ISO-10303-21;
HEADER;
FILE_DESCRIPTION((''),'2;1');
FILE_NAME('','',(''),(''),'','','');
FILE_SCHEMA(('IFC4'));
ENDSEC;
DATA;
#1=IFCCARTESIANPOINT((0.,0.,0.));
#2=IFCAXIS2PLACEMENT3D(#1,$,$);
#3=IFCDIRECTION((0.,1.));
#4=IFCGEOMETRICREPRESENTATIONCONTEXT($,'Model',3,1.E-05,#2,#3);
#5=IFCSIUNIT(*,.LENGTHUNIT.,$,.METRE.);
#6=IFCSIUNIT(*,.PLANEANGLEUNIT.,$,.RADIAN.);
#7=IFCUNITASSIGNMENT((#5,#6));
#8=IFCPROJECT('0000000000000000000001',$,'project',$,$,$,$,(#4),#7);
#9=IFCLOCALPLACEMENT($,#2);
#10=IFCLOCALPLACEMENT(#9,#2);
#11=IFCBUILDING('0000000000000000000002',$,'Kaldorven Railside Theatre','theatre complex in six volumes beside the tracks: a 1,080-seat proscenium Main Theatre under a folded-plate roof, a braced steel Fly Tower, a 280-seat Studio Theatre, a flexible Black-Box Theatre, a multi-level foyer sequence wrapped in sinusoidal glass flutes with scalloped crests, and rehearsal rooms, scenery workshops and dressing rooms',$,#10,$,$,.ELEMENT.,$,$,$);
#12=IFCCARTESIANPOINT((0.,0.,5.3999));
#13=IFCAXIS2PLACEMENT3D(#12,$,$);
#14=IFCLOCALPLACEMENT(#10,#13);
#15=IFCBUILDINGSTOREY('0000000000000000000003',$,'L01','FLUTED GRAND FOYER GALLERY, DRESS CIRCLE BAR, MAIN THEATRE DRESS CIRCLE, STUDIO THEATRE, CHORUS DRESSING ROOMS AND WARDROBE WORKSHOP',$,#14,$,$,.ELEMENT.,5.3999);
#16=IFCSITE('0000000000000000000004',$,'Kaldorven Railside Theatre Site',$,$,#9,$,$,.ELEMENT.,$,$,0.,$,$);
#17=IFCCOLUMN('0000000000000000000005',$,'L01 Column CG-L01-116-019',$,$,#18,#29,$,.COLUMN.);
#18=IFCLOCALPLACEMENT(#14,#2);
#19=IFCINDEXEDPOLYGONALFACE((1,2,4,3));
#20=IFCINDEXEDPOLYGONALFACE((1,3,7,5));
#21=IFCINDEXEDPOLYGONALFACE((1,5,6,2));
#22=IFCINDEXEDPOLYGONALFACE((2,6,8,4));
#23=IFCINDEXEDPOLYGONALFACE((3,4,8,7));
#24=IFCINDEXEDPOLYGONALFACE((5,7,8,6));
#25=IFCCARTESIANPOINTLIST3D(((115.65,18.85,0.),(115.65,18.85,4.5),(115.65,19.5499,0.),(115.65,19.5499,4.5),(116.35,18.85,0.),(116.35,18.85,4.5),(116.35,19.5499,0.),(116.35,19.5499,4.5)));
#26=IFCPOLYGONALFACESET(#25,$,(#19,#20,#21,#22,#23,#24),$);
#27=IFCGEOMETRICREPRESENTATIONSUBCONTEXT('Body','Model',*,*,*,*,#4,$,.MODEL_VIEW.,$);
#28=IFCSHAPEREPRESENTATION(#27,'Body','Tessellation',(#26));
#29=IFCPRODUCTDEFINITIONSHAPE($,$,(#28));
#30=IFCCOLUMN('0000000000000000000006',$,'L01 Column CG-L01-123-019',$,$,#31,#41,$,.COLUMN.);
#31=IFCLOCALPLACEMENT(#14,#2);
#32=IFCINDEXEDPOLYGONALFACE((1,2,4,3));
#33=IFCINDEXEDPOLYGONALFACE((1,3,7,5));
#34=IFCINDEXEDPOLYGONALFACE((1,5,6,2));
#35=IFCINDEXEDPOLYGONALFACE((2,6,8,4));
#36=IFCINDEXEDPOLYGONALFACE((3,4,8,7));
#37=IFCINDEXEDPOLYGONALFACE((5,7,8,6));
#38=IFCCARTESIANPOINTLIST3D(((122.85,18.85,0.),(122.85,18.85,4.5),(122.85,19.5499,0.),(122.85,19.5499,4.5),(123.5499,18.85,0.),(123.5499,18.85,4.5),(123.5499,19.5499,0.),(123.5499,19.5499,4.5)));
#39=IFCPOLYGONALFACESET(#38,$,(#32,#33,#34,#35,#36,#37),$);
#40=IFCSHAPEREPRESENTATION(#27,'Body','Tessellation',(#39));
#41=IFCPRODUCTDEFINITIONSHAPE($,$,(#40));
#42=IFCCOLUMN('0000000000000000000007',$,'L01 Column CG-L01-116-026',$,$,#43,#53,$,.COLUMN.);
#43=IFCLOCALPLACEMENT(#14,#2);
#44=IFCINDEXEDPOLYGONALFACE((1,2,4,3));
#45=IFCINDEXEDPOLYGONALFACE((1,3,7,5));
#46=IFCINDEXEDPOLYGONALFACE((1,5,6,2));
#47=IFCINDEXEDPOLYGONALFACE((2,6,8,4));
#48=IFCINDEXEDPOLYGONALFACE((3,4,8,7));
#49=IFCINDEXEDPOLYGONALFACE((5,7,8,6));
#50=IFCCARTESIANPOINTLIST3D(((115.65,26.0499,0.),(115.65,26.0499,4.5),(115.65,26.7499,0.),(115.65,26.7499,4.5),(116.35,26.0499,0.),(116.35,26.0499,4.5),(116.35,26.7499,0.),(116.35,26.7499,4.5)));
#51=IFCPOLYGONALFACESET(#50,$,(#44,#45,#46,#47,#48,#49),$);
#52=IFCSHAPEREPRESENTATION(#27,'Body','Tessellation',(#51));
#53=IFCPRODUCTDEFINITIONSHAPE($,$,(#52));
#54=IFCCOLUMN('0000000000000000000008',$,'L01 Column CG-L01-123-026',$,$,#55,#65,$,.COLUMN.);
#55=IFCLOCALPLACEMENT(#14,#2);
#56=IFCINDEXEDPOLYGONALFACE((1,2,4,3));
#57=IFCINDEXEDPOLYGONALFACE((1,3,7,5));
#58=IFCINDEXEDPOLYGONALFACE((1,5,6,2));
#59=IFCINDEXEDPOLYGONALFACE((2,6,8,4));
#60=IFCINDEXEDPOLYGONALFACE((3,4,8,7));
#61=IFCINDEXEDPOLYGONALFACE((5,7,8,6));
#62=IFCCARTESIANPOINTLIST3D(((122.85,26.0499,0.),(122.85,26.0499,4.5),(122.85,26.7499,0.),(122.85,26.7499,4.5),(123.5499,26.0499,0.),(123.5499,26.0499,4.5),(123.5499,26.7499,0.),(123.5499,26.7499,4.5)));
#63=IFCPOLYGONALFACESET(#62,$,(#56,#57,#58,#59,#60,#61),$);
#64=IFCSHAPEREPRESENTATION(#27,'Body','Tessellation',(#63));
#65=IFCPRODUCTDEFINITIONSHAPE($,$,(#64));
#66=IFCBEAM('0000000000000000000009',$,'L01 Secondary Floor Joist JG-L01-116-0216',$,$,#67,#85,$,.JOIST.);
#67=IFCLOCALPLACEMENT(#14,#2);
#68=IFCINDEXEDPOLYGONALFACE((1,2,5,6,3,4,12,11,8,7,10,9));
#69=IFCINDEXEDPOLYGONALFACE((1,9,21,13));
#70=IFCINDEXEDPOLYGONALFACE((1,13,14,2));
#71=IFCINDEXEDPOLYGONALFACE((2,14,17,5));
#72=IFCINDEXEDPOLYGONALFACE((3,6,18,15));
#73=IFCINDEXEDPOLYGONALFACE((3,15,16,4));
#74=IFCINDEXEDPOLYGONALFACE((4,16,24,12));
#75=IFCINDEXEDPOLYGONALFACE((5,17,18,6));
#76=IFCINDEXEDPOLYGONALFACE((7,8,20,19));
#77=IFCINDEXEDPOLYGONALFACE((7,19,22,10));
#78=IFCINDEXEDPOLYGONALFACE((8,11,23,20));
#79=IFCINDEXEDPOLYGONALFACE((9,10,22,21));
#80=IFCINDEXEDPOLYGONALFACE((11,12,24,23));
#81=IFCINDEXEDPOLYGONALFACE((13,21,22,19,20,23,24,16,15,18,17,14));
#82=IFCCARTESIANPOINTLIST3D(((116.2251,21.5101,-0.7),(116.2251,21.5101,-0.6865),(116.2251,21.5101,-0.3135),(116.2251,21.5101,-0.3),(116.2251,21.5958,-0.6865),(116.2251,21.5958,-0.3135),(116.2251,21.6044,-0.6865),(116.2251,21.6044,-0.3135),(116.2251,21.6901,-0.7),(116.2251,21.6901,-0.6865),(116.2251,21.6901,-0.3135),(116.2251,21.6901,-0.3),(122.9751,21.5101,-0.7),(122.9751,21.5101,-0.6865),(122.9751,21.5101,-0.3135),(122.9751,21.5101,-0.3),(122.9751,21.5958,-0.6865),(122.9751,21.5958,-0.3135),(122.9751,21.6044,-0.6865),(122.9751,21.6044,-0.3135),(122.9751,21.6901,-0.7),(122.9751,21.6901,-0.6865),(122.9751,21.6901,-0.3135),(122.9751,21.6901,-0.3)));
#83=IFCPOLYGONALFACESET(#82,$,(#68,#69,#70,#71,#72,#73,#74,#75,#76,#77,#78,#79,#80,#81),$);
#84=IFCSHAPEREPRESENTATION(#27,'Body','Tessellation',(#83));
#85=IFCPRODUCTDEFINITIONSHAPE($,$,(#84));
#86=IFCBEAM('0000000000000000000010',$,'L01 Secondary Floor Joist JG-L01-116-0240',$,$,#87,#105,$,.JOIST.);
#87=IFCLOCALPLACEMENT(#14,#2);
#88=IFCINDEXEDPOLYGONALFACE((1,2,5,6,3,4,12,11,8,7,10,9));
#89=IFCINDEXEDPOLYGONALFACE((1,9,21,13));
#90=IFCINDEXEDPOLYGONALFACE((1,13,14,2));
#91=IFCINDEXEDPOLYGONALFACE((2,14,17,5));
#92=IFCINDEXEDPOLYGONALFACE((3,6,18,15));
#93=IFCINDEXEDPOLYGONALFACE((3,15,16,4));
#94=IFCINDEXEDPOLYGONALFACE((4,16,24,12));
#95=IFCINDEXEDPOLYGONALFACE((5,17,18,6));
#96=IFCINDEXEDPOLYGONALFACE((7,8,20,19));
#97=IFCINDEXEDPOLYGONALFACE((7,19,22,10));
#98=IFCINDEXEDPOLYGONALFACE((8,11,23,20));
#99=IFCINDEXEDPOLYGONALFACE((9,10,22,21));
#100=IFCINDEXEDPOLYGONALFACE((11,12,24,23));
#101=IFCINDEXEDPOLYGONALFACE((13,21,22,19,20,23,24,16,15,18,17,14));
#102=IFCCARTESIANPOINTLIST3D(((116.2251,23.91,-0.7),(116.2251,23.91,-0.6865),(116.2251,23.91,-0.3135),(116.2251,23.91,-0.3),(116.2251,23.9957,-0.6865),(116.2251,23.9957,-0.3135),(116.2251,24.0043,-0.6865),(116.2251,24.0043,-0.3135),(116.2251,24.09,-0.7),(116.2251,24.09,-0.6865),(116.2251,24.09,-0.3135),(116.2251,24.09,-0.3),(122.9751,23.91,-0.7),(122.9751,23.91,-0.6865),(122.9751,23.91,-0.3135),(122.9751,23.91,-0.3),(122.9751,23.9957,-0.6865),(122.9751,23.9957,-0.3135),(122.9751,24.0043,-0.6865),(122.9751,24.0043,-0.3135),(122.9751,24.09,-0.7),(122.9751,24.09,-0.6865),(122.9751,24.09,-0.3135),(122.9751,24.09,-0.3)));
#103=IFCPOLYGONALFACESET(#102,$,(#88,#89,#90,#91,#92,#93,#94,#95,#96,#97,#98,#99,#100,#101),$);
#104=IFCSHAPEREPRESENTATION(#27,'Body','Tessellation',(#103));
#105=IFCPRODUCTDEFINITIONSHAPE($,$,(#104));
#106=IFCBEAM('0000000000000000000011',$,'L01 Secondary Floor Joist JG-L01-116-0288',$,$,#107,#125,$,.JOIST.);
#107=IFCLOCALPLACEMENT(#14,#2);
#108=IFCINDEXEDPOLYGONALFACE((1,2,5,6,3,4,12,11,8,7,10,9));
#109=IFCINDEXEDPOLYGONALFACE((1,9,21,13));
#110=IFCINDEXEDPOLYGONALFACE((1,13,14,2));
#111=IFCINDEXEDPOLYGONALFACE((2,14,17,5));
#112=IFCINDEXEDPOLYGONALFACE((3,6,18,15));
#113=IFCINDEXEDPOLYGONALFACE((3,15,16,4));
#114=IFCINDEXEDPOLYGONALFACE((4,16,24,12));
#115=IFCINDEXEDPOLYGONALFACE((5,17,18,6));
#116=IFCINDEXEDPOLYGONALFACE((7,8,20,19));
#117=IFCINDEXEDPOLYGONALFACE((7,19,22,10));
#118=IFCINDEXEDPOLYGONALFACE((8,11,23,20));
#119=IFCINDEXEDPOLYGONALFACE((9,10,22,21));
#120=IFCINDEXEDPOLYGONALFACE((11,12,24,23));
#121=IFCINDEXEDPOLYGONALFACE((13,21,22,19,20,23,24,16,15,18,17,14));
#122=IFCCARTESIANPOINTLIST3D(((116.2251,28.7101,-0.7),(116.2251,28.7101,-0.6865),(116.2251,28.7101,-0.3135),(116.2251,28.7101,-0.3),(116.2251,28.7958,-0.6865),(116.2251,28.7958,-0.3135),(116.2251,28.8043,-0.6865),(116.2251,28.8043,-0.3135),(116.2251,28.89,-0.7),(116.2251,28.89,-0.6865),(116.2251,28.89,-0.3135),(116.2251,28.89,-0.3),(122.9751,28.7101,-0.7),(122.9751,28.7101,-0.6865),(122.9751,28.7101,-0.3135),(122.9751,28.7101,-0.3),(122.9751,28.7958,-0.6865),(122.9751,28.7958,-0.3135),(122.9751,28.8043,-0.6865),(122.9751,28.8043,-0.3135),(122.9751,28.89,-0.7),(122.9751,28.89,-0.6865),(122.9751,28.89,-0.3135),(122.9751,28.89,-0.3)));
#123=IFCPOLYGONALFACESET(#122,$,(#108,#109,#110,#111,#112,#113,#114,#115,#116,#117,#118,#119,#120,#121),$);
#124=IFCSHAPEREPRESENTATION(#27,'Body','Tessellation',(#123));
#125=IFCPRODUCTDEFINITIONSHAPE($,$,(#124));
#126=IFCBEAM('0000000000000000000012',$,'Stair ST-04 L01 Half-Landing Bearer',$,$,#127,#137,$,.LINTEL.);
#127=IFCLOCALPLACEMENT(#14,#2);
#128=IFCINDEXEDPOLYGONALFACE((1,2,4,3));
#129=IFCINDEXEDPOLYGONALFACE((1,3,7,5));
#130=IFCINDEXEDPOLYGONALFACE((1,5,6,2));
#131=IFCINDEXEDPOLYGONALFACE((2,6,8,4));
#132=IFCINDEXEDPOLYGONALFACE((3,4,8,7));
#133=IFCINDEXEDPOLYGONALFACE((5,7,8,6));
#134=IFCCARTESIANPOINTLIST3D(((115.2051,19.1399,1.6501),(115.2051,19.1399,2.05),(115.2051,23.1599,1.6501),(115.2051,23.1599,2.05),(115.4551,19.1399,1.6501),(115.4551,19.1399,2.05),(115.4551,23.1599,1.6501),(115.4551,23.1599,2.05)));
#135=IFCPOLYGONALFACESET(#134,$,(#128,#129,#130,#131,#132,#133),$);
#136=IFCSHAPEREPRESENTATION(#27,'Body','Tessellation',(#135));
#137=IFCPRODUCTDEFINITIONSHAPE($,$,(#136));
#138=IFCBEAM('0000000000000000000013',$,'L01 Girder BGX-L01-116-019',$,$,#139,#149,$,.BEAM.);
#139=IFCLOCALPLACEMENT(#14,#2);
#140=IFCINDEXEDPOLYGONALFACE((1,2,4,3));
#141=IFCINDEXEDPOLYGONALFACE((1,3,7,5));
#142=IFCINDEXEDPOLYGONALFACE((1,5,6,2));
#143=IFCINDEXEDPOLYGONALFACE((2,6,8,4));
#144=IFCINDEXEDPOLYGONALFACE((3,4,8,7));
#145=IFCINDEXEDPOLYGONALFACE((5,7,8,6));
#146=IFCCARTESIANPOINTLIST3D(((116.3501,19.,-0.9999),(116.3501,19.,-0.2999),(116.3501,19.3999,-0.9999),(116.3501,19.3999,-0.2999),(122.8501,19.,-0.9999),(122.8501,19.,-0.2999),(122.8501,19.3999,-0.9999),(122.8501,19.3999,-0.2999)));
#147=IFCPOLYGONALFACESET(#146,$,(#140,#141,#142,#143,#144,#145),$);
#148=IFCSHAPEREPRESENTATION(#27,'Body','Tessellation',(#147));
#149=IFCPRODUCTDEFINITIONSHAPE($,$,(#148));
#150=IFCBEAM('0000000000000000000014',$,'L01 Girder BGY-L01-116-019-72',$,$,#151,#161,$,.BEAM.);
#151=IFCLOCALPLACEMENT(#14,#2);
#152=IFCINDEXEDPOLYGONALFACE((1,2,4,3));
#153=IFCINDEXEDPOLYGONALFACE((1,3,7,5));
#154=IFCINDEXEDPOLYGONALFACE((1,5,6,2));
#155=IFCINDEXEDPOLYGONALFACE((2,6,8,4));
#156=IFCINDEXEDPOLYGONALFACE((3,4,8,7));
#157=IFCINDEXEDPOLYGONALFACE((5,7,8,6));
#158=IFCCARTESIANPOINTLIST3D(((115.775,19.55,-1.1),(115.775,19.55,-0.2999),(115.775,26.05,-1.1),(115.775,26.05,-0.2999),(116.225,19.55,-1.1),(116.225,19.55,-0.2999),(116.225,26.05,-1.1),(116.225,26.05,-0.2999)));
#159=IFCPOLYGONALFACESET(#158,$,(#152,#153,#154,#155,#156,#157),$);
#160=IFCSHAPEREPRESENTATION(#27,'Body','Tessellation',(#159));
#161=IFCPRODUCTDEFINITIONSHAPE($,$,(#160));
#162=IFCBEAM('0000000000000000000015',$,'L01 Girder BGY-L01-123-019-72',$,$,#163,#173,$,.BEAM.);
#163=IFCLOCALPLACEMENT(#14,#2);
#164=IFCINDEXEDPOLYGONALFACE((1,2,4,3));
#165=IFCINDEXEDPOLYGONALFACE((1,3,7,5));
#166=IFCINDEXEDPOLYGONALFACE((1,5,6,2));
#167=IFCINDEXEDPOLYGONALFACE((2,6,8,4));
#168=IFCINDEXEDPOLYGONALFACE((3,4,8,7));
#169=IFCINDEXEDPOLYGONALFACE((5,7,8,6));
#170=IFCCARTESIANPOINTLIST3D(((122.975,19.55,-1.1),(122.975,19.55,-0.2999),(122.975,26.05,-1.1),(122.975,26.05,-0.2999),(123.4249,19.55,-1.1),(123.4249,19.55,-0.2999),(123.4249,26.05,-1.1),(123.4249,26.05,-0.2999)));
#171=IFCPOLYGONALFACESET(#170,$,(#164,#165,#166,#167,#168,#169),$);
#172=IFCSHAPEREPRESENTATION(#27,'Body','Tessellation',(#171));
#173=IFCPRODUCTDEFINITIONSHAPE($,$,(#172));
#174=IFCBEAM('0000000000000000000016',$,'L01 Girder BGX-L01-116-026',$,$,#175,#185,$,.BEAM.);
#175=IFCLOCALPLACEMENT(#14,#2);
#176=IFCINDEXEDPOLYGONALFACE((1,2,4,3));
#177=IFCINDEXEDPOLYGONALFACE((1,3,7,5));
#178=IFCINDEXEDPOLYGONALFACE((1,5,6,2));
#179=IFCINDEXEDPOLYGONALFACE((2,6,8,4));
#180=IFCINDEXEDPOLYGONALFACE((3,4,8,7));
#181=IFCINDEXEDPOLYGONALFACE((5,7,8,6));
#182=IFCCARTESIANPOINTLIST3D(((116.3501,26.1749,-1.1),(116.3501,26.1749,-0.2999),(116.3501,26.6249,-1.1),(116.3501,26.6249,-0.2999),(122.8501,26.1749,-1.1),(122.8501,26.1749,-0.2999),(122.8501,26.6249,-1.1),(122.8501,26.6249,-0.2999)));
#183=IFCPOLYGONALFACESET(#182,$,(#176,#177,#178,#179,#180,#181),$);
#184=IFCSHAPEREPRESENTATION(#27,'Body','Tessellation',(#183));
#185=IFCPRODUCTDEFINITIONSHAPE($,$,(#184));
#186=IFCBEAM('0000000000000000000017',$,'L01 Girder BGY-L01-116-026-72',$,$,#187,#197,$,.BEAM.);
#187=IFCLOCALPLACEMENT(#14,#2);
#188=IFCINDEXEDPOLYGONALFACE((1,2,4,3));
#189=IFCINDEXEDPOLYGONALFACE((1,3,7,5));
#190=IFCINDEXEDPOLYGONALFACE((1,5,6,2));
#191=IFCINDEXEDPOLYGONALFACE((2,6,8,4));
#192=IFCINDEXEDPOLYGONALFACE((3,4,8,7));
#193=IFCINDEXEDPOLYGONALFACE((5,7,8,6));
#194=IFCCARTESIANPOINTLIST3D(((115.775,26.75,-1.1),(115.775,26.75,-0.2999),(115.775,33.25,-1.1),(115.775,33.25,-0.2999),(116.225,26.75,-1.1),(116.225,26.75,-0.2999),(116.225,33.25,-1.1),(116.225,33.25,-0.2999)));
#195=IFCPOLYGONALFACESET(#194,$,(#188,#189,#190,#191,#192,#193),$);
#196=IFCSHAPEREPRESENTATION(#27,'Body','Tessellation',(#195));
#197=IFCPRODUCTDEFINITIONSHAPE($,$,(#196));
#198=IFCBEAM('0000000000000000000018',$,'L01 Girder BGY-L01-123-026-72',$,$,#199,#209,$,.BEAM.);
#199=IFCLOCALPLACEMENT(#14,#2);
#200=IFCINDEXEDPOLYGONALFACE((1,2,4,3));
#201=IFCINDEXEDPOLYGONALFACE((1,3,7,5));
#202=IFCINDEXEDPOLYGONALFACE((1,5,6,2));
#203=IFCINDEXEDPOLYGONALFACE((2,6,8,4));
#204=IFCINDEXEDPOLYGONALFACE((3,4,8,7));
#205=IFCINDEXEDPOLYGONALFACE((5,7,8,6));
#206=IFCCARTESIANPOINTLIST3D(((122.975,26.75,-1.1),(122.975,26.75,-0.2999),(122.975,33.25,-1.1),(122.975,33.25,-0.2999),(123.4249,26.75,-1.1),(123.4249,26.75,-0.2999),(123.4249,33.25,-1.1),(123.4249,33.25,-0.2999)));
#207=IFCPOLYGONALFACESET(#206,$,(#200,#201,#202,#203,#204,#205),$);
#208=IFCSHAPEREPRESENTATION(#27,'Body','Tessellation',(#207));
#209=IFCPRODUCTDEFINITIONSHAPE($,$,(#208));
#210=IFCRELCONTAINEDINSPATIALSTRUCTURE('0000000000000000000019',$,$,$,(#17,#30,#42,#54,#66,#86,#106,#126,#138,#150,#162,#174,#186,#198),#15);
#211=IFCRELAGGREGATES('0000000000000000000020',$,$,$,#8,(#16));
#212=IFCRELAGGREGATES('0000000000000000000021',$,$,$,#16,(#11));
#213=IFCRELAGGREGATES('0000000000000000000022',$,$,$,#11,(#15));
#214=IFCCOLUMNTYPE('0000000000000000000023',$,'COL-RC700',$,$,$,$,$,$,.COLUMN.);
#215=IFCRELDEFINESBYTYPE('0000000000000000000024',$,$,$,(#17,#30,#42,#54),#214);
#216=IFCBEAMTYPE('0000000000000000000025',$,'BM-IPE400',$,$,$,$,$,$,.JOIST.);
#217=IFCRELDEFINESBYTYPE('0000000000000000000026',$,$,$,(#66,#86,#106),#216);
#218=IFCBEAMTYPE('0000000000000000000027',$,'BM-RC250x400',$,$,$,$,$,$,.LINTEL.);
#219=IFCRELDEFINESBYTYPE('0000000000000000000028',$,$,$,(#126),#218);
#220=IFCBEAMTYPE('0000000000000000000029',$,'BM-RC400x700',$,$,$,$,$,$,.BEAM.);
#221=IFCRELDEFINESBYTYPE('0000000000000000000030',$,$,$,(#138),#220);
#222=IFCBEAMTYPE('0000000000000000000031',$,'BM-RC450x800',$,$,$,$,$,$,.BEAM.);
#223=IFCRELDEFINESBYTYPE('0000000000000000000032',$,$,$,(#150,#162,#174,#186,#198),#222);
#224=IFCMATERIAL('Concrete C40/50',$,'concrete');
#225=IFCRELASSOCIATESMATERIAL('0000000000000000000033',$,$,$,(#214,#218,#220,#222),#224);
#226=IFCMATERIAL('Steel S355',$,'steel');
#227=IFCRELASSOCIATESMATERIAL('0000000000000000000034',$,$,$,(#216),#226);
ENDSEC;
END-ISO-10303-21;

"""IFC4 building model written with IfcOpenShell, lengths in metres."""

from ifc_helpers import new_model, si_unit, direction, frame, origin, origin_2d, place, context, subcontext, project, spatial, rectangle, i_section, extrude, material, material_profile, profile_set, type_object, element, save


model = new_model("IFC4")

# Units and contexts
model_context = context("Model", 3, precision=1e-05, world=origin(), true_north=direction((0.0, 1.0)))
body_context = subcontext(model_context, "Body", "Model", "MODEL_VIEW")
ifc_project = project(units=[si_unit("LENGTHUNIT", "METRE"), si_unit("PLANEANGLEUNIT", "RADIAN")], contexts=[model_context])

# Site, building, storey
site_placement = place(None, origin())
site = spatial("IfcSite", under=ifc_project, at=site_placement, Name="Kaldorven Railside Theatre Site", CompositionType="ELEMENT", RefElevation=0.0)
building_placement = place(site_placement, origin())
building = spatial("IfcBuilding", under=site, at=building_placement, Name="Kaldorven Railside Theatre", Description="theatre complex in six volumes beside the tracks: a 1,080-seat proscenium Main Theatre under a folded-plate roof, a braced steel Fly Tower, a 280-seat Studio Theatre, a flexible Black-Box Theatre, a multi-level foyer sequence wrapped in sinusoidal glass flutes with scalloped crests, and rehearsal rooms, scenery workshops and dressing rooms", CompositionType="ELEMENT")
storey_placement = place(building_placement, frame((0.0, 0.0, 5.3999)))
storey = spatial("IfcBuildingStorey", under=building, at=storey_placement, Name="L01", Description="FLUTED GRAND FOYER GALLERY, DRESS CIRCLE BAR, MAIN THEATRE DRESS CIRCLE, STUDIO THEATRE, CHORUS DRESSING ROOMS AND WARDROBE WORKSHOP", CompositionType="ELEMENT", Elevation=5.3999)

# Columns
ifc_material_1 = material(Name="Concrete C40/50", Category="concrete")
ifc_material_profile_1 = material_profile(ifc_material_1, rectangle(XDim=0.7, YDim=0.7, at=origin_2d()), Name="RC 700x700")
ifc_profile_set_1 = profile_set([ifc_material_profile_1], Name="Concrete C40/50")
column_type = type_object("IfcColumnType", Name="COL-RC700", PredefinedType="COLUMN", material=ifc_profile_set_1)
for number, where, z_axis, x_axis, name in (
    (1, (116.0, 19.2, 0.0), (0.0, 0.0, 1.0), (0.0, 1.0, 0.0), "L01 Column CG-L01-116-019"),
    (2, (123.2, 19.2, 0.0), (0.0, 0.0, 1.0), (1.0, 0.0, 0.0), "L01 Column CG-L01-123-019"),
    (3, (116.0, 26.3999, 0.0), (0.0, 0.0, 1.0), (1.0, 0.0, 0.0), "L01 Column CG-L01-116-026"),
    (4, (123.2, 26.3999, 0.0), (0.0, 0.0, 1.0), (0.0, 1.0, 0.0), "L01 Column CG-L01-123-026"),
):
    element("IfcColumn", number, at=place(storey_placement, frame(where, z_axis=z_axis, x_axis=x_axis)), inside=storey, type_object=column_type, Name=name, PredefinedType="COLUMN", context=body_context, shape_type="SweptSolid", body=[
        extrude(rectangle(XDim=0.7, YDim=0.7, at=origin_2d()), origin(), (0.0, 0.0, 1.0), 4.5),
    ])

# Beams
ifc_material_2 = material(Name="Steel S355", Category="steel")
ifc_material_profile_2 = material_profile(ifc_material_2, i_section(OverallWidth=0.1799, OverallDepth=0.3999, WebThickness=0.0085, FlangeThickness=0.0134, at=origin_2d()), Name="IPE 400")
ifc_profile_set_2 = profile_set([ifc_material_profile_2], Name="Steel S355")
beam_type_1 = type_object("IfcBeamType", Name="BM-IPE400", PredefinedType="JOIST", material=ifc_profile_set_2)
for number, where, z_axis, x_axis, name in (
    (5, (116.2251, 21.6001, -0.5), (1.0, 0.0, 0.0), (0.0, 1.0, 0.0), "L01 Secondary Floor Joist JG-L01-116-0216"),
    (6, (116.2251, 24.0, -0.5), (1.0, 0.0, 0.0), (0.0, 1.0, 0.0), "L01 Secondary Floor Joist JG-L01-116-0240"),
    (7, (116.2251, 28.8, -0.5), (1.0, 0.0, 0.0), (0.0, 1.0, 0.0), "L01 Secondary Floor Joist JG-L01-116-0288"),
):
    element("IfcBeam", number, at=place(storey_placement, frame(where, z_axis=z_axis, x_axis=x_axis)), inside=storey, type_object=beam_type_1, Name=name, PredefinedType="JOIST", context=body_context, shape_type="SweptSolid", body=[
        extrude(i_section(OverallWidth=0.1799, OverallDepth=0.3999, WebThickness=0.0085, FlangeThickness=0.0134, at=origin_2d()), origin(), (0.0, 0.0, 1.0), 6.75),
    ])
ifc_material_profile_3 = material_profile(ifc_material_1, rectangle(XDim=0.25, YDim=0.3999, at=origin_2d()), Name="RC 250x400")
ifc_profile_set_3 = profile_set([ifc_material_profile_3], Name="Concrete C40/50")
beam_type_2 = type_object("IfcBeamType", Name="BM-RC250x400", PredefinedType="LINTEL", material=ifc_profile_set_3)
beam_1_placement = place(storey_placement, frame((115.3301, 19.1399, 1.8501), z_axis=(0.0, 1.0, 0.0), x_axis=(-1.0, 0.0, 0.0)))
element("IfcBeam", 8, at=beam_1_placement, inside=storey, type_object=beam_type_2, Name="Stair ST-04 L01 Half-Landing Bearer", PredefinedType="LINTEL", context=body_context, shape_type="SweptSolid", body=[
    extrude(rectangle(XDim=0.25, YDim=0.3999, at=origin_2d()), origin(), (0.0, 0.0, 1.0), 4.02),
])
ifc_material_profile_4 = material_profile(ifc_material_1, rectangle(XDim=0.3999, YDim=0.7, at=origin_2d()), Name="RC 400x700")
ifc_profile_set_4 = profile_set([ifc_material_profile_4], Name="Concrete C40/50")
beam_type_3 = type_object("IfcBeamType", Name="BM-RC400x700", PredefinedType="BEAM", material=ifc_profile_set_4)
beam_2_placement = place(storey_placement, frame((116.3501, 19.2, -0.6499), z_axis=(1.0, 0.0, 0.0), x_axis=(0.0, 1.0, 0.0)))
element("IfcBeam", 9, at=beam_2_placement, inside=storey, type_object=beam_type_3, Name="L01 Girder BGX-L01-116-019", PredefinedType="BEAM", context=body_context, shape_type="SweptSolid", body=[
    extrude(rectangle(XDim=0.3999, YDim=0.7, at=origin_2d()), origin(), (0.0, 0.0, 1.0), 6.5),
])
ifc_material_profile_5 = material_profile(ifc_material_1, rectangle(XDim=0.45, YDim=0.8, at=origin_2d()), Name="RC 450x800")
ifc_profile_set_5 = profile_set([ifc_material_profile_5], Name="Concrete C40/50")
beam_type_4 = type_object("IfcBeamType", Name="BM-RC450x800", PredefinedType="BEAM", material=ifc_profile_set_5)
for number, where, z_axis, x_axis, name in (
    (10, (116.0, 19.55, -0.7), (0.0, 1.0, 0.0), (-1.0, 0.0, 0.0), "L01 Girder BGY-L01-116-019-72"),
    (11, (123.2, 19.55, -0.7), (0.0, 1.0, 0.0), (-1.0, 0.0, 0.0), "L01 Girder BGY-L01-123-019-72"),
    (12, (116.3501, 26.3999, -0.7), (1.0, 0.0, 0.0), (0.0, 1.0, 0.0), "L01 Girder BGX-L01-116-026"),
    (13, (116.0, 26.75, -0.7), (0.0, 1.0, 0.0), (-1.0, 0.0, 0.0), "L01 Girder BGY-L01-116-026-72"),
    (14, (123.2, 26.75, -0.7), (0.0, 1.0, 0.0), (-1.0, 0.0, 0.0), "L01 Girder BGY-L01-123-026-72"),
):
    element("IfcBeam", number, at=place(storey_placement, frame(where, z_axis=z_axis, x_axis=x_axis)), inside=storey, type_object=beam_type_4, Name=name, PredefinedType="BEAM", context=body_context, shape_type="SweptSolid", body=[
        extrude(rectangle(XDim=0.45, YDim=0.8, at=origin_2d()), origin(), (0.0, 0.0, 1.0), 6.5),
    ])

save(model, "model.ifc")
